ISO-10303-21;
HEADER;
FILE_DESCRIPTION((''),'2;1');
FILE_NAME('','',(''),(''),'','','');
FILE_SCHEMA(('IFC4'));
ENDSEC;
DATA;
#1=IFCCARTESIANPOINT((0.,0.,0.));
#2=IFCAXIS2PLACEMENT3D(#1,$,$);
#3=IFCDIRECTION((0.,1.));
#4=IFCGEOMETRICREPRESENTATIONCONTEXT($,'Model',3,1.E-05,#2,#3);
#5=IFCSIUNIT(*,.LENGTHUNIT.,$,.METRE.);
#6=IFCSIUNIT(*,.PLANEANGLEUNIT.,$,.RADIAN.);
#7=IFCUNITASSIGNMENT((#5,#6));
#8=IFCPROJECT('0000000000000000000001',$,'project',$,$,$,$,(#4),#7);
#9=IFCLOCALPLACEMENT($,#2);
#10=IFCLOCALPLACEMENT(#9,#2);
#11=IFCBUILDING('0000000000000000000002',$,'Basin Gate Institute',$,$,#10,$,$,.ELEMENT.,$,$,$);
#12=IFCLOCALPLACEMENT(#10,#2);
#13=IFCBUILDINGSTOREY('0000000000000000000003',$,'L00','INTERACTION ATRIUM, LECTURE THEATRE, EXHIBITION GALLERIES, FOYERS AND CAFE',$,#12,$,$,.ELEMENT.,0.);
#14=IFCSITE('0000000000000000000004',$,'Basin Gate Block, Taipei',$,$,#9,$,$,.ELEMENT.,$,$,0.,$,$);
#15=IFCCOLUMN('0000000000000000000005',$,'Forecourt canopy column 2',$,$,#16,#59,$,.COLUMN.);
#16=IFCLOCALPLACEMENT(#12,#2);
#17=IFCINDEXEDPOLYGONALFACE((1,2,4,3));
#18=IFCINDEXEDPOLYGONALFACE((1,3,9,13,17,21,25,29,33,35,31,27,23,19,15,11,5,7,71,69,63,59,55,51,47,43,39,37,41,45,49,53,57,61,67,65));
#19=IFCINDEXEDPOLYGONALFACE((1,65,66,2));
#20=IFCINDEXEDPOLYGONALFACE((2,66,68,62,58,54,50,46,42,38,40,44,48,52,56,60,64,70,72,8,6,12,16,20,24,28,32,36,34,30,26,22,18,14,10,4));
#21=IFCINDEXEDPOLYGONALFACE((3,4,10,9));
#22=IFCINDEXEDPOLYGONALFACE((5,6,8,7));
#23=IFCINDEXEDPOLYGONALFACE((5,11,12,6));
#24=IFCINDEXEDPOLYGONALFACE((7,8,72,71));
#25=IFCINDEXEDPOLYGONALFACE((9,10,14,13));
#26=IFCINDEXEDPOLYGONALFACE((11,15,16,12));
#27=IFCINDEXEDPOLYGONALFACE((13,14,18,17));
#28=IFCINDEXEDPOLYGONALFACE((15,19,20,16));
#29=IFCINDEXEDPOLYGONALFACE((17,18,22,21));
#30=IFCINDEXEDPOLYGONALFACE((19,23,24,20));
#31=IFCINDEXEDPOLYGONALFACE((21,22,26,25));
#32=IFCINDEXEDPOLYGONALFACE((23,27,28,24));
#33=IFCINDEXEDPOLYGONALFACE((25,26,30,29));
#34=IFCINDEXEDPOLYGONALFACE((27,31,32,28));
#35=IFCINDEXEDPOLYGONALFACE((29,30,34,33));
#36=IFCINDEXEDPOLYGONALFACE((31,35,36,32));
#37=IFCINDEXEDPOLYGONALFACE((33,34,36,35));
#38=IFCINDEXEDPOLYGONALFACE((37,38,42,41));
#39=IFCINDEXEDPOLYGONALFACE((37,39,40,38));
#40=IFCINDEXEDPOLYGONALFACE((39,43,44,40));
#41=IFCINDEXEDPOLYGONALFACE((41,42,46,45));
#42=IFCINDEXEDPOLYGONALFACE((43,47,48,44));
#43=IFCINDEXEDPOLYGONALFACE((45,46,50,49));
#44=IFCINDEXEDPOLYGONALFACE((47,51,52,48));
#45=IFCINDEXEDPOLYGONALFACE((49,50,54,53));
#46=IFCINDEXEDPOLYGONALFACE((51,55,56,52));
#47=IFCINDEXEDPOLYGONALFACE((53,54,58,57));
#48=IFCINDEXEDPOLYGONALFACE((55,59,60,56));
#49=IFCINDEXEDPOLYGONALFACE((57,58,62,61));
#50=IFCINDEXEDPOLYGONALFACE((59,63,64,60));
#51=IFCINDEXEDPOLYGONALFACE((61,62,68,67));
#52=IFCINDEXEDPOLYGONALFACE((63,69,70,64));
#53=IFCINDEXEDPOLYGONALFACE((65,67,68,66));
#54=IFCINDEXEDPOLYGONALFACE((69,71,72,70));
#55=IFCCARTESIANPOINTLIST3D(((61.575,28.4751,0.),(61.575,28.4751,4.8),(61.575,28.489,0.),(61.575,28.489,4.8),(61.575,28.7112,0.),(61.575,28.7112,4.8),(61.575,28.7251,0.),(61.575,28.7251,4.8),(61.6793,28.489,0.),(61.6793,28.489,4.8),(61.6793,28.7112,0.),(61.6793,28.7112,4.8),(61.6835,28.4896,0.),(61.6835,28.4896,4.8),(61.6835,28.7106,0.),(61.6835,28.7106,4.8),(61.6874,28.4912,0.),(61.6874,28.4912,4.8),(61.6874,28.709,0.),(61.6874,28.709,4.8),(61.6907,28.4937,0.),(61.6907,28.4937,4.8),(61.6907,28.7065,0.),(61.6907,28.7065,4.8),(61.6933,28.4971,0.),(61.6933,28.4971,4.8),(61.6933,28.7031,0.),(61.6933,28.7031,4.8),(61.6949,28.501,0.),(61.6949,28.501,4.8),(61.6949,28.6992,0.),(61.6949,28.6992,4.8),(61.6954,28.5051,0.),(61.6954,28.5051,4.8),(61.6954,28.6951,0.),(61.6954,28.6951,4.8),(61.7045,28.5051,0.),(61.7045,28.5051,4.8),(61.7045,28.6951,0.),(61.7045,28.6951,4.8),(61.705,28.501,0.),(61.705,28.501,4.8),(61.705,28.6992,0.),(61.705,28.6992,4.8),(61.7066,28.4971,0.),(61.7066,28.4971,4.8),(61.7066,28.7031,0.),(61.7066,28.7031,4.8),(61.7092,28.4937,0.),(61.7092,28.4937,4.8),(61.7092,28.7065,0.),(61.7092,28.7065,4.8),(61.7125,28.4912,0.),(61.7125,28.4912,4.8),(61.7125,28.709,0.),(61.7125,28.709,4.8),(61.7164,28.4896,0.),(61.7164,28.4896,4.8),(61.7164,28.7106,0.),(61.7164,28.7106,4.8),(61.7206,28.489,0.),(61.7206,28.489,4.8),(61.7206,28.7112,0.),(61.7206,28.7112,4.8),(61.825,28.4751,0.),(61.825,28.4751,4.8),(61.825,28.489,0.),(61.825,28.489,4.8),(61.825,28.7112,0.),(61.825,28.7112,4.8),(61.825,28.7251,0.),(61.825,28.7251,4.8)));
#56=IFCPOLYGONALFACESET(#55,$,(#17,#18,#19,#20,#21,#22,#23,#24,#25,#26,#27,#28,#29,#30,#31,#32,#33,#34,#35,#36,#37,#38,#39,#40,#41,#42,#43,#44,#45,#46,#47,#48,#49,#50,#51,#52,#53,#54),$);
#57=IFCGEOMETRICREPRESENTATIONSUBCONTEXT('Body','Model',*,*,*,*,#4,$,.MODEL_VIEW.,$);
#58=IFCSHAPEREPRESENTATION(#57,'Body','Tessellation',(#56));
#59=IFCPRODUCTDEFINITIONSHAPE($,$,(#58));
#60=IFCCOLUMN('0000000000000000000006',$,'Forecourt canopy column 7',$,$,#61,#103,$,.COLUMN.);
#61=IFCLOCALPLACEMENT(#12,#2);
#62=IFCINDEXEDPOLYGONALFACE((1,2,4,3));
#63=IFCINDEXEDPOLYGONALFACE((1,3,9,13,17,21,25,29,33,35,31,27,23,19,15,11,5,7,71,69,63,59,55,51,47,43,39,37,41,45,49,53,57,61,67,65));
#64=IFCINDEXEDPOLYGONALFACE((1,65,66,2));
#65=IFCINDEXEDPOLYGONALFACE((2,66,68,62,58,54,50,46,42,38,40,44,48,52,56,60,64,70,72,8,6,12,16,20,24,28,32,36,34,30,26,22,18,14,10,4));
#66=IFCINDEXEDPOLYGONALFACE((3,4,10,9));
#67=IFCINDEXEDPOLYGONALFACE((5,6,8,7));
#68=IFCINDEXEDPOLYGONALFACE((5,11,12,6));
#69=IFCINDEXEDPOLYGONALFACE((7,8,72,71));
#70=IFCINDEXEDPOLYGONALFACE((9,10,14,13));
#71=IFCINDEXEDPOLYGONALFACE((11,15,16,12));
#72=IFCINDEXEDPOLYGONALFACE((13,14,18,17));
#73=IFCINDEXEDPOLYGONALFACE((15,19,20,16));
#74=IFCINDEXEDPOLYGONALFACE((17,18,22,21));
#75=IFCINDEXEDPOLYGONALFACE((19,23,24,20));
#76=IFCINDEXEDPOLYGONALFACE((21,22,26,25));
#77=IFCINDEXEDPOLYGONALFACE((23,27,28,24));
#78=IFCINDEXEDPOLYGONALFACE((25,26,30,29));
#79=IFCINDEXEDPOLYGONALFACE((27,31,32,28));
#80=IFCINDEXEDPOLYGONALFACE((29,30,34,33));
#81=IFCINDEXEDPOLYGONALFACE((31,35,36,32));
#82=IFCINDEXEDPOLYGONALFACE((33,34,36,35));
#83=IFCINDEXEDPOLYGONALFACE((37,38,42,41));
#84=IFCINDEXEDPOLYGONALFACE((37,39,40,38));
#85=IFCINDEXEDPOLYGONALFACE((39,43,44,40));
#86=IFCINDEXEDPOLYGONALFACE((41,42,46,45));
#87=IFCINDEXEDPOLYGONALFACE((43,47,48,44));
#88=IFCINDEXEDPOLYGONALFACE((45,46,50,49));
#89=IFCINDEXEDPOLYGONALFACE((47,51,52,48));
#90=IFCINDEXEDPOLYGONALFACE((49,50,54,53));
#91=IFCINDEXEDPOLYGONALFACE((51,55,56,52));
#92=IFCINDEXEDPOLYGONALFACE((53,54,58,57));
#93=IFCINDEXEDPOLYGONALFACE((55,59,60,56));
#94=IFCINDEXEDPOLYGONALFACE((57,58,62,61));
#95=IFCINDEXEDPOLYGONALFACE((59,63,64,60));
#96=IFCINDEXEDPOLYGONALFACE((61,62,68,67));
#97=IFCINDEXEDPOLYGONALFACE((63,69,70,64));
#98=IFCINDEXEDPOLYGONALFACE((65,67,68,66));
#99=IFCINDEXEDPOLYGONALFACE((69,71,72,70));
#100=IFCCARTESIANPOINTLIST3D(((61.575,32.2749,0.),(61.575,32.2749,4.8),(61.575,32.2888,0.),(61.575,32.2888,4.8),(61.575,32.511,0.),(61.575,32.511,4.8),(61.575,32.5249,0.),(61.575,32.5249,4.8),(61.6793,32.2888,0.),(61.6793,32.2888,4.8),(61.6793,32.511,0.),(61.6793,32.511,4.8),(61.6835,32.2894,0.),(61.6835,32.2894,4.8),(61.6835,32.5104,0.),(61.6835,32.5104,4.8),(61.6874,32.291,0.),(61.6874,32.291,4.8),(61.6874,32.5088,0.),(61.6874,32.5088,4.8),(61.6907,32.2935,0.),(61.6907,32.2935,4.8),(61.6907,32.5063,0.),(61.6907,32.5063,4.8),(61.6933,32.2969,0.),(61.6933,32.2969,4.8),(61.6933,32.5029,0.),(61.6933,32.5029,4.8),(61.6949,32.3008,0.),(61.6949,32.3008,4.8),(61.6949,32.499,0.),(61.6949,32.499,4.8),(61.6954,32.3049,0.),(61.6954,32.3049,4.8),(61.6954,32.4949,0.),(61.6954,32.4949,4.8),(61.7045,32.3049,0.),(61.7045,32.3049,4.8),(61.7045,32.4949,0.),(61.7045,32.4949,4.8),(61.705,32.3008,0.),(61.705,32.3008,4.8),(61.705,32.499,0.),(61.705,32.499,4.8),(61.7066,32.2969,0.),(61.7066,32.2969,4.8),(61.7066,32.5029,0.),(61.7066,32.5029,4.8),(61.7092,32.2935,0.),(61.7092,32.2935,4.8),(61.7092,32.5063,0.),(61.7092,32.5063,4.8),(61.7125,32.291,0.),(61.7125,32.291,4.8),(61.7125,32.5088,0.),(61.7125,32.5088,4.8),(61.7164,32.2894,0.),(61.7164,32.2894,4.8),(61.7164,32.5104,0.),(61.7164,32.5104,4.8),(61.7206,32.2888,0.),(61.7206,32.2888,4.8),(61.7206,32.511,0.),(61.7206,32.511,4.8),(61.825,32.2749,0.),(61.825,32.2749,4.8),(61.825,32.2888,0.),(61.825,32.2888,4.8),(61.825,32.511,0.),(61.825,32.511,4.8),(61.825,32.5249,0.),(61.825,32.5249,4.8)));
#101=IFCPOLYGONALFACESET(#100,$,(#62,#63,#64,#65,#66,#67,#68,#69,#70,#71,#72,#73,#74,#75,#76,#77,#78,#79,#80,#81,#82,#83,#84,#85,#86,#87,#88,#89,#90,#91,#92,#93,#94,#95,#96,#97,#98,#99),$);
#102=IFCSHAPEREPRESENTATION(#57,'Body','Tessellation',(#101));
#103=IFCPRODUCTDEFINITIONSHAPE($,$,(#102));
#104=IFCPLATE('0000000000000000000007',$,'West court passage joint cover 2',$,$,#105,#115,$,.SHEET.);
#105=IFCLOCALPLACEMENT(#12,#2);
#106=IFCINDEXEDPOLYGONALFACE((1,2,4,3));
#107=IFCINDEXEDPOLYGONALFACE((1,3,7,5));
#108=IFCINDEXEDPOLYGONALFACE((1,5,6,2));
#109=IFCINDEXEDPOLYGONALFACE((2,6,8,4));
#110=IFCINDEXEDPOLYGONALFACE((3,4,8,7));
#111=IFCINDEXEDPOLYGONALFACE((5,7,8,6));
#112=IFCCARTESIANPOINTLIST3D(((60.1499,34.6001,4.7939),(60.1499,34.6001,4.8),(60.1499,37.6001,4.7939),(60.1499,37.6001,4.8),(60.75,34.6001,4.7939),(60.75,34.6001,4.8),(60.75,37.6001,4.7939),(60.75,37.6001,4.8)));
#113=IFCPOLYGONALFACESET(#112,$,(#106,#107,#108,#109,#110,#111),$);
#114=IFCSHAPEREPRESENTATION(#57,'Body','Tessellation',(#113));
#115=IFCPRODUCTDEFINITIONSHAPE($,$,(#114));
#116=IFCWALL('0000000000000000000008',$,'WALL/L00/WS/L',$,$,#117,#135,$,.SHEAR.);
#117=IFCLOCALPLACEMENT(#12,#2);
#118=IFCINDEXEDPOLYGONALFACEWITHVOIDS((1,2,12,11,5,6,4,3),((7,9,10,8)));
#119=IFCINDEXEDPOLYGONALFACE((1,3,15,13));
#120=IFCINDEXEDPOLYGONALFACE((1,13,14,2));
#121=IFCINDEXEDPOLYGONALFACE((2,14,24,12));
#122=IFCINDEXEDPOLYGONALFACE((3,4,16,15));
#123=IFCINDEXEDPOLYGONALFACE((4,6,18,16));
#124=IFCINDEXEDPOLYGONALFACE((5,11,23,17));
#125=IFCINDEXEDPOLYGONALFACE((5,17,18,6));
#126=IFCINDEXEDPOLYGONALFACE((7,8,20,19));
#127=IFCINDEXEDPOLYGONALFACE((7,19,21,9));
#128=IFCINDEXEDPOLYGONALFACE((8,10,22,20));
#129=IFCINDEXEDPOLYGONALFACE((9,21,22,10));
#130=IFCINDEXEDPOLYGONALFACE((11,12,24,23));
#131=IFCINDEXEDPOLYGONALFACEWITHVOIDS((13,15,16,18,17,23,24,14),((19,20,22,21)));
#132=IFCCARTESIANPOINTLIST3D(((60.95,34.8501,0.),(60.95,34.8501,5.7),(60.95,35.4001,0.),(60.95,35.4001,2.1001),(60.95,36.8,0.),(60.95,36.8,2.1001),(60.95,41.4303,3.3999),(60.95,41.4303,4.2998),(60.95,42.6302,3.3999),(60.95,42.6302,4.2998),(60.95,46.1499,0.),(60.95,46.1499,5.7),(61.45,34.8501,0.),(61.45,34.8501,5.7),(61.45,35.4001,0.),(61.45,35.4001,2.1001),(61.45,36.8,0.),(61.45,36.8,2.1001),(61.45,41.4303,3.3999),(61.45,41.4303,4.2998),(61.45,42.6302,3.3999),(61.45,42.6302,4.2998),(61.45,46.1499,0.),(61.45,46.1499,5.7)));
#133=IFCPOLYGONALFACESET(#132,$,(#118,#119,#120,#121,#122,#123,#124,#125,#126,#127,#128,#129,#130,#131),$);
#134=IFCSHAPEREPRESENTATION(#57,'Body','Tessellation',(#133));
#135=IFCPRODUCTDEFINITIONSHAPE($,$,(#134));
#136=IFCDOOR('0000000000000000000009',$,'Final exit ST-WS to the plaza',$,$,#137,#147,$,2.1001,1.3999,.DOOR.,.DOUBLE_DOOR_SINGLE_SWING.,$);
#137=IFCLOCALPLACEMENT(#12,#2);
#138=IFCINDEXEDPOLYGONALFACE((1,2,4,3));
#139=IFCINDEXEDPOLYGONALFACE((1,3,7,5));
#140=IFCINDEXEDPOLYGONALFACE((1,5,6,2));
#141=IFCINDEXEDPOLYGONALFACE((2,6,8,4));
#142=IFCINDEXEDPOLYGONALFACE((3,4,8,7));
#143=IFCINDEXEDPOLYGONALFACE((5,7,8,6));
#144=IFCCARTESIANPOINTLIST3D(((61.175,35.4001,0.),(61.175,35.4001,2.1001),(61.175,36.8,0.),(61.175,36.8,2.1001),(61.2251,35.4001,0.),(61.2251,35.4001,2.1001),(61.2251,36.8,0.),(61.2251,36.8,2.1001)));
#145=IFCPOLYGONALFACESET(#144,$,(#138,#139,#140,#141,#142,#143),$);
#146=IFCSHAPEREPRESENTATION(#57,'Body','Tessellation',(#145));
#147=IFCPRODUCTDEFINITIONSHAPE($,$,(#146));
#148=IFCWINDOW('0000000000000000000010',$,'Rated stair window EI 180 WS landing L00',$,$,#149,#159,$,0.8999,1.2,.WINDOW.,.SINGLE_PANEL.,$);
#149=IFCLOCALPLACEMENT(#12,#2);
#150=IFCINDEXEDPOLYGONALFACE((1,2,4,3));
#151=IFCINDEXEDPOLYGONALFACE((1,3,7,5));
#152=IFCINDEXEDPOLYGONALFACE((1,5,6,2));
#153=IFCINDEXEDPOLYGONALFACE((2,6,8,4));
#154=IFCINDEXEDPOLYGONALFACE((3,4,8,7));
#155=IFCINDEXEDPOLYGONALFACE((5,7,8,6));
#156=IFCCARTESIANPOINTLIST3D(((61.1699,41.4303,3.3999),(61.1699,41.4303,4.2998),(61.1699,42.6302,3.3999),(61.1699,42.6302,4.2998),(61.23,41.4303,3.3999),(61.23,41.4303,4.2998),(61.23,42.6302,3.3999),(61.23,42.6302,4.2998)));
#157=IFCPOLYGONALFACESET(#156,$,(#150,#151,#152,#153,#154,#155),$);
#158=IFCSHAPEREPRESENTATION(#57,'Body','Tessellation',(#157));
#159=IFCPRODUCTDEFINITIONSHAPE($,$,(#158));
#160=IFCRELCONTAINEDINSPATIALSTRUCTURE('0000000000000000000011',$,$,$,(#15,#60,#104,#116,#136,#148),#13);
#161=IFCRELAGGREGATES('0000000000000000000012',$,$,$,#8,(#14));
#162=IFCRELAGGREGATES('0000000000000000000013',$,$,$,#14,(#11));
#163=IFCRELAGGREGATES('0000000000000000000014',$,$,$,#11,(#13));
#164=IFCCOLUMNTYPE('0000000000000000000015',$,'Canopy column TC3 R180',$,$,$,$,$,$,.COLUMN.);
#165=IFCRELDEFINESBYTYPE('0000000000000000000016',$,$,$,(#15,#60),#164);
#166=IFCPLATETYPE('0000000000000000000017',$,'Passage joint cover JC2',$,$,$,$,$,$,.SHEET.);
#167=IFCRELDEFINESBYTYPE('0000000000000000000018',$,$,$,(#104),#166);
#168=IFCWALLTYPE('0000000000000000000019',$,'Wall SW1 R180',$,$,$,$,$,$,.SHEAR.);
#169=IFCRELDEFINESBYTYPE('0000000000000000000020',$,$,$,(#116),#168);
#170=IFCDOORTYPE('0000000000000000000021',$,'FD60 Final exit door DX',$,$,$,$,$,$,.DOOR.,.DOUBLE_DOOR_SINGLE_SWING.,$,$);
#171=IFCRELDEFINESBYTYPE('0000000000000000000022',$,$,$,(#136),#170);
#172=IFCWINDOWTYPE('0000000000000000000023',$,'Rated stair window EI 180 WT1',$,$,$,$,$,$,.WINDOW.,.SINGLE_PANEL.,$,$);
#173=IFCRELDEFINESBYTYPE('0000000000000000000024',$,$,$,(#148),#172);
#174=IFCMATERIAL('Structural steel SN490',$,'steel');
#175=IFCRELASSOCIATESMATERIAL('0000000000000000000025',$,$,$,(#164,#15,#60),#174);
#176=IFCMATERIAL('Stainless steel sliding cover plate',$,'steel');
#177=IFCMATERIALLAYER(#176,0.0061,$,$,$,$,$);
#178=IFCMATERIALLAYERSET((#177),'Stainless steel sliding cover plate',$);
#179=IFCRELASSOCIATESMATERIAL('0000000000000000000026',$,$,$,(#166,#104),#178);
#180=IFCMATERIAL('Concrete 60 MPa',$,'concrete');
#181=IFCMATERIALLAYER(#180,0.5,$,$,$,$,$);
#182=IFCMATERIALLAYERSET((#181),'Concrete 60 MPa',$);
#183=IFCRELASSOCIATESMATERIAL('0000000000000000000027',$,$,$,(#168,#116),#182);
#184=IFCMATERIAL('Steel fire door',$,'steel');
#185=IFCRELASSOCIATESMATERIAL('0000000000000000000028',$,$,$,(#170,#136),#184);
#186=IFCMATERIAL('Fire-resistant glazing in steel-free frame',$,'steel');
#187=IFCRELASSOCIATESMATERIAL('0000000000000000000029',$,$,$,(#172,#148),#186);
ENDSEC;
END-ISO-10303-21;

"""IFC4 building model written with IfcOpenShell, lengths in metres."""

from ifc_helpers import new_model, si_unit, direction, frame, frame_2d, origin, origin_2d, place, context, subcontext, project, spatial, rectangle, i_section, extrude, material, layer, layer_set, material_profile, profile_set, type_object, element, fill, save


model = new_model("IFC4")

# Units and contexts
model_context = context("Model", 3, precision=1e-05, world=origin(), true_north=direction((0.0, 1.0)))
body_context = subcontext(model_context, "Body", "Model", "MODEL_VIEW")
ifc_project = project(units=[si_unit("LENGTHUNIT", "METRE"), si_unit("PLANEANGLEUNIT", "RADIAN")], contexts=[model_context])

# Site, building, storey
site_placement = place(None, origin())
site = spatial("IfcSite", under=ifc_project, at=site_placement, Name="Basin Gate Block, Taipei", CompositionType="ELEMENT", RefElevation=0.0)
building_placement = place(site_placement, origin())
building = spatial("IfcBuilding", under=site, at=building_placement, Name="Basin Gate Institute", CompositionType="ELEMENT")
storey_placement = place(building_placement, origin())
storey = spatial("IfcBuildingStorey", under=building, at=storey_placement, Name="L00", Description="INTERACTION ATRIUM, LECTURE THEATRE, EXHIBITION GALLERIES, FOYERS AND CAFE", CompositionType="ELEMENT", Elevation=0.0)

# Columns
ifc_material_1 = material(Name="Structural steel SN490", Category="steel")
ifc_material_profile = material_profile(ifc_material_1, i_section(OverallWidth=0.25, OverallDepth=0.25, WebThickness=0.009, FlangeThickness=0.0139, FilletRadius=0.0161, at=origin_2d()), Name="H250x250")
ifc_profile_set = profile_set([ifc_material_profile], Name="Structural steel SN490")
column_type = type_object("IfcColumnType", Name="Canopy column TC3 R180", PredefinedType="COLUMN", material=ifc_profile_set)
for number, where, z_axis, x_axis, name in (
    (1, (61.7, 28.6001, 0.0), (0.0, 0.0, 1.0), (1.0, 0.0, 0.0), "Forecourt canopy column 2"),
    (2, (61.7, 32.3999, 0.0), (0.0, 0.0, 1.0), (1.0, 0.0, 0.0), "Forecourt canopy column 7"),
):
    element("IfcColumn", number, at=place(storey_placement, frame(where, z_axis=z_axis, x_axis=x_axis)), inside=storey, type_object=column_type, material=ifc_profile_set, Name=name, PredefinedType="COLUMN", context=body_context, shape_type="SweptSolid", body=[
        extrude(i_section(OverallWidth=0.25, OverallDepth=0.25, WebThickness=0.009, FlangeThickness=0.0139, FilletRadius=0.0161, at=origin_2d()), origin(), (0.0, 0.0, 1.0), 4.8),
    ])

# Plate
ifc_material_2 = material(Name="Stainless steel sliding cover plate", Category="steel")
ifc_layer_1 = layer(ifc_material_2, 0.0061)
ifc_layer_set_1 = layer_set([ifc_layer_1], Name="Stainless steel sliding cover plate")
plate_type = type_object("IfcPlateType", Name="Passage joint cover JC2", PredefinedType="SHEET", material=ifc_layer_set_1)
plate_placement = place(storey_placement, frame((60.45, 36.1001, 4.7939), z_axis=(0.0, 0.0, 1.0), x_axis=(1.0, 0.0, 0.0)))
element("IfcPlate", 3, at=plate_placement, inside=storey, type_object=plate_type, material=ifc_layer_set_1, Name="West court passage joint cover 2", PredefinedType="SHEET", context=body_context, shape_type="SweptSolid", body=[
    extrude(rectangle(XDim=0.6001, YDim=3.0, at=origin_2d()), origin(), (0.0, 0.0, 1.0), 0.0061),
])

# Wall, openings, door, window
ifc_material_3 = material(Name="Concrete 60 MPa", Category="concrete")
ifc_layer_2 = layer(ifc_material_3, 0.5)
ifc_layer_set_2 = layer_set([ifc_layer_2], Name="Concrete 60 MPa")
wall_type = type_object("IfcWallType", Name="Wall SW1 R180", PredefinedType="SHEAR", material=ifc_layer_set_2)
wall_1_placement = place(storey_placement, frame((61.2, 34.8501, 0.0), z_axis=(0.0, 0.0, 1.0), x_axis=(0.0, 1.0, 0.0)))
wall_1 = element("IfcWall", 4, at=wall_1_placement, inside=storey, type_object=wall_type, material=ifc_layer_set_2, Name="WALL/L00/WS/L", PredefinedType="SHEAR", context=body_context, shape_type="SweptSolid", body=[
    extrude(rectangle(XDim=11.2998, YDim=0.5, at=frame_2d((5.6499, 0.0))), origin(), (0.0, 0.0, 1.0), 5.7),
])
opening_1_placement = place(wall_1_placement, frame((0.55, 0.0, 0.0)))
opening_1 = element("IfcOpeningElement", 5, at=opening_1_placement, cuts=wall_1, PredefinedType="OPENING", context=body_context, shape_type="SweptSolid", body=[
    extrude(rectangle(XDim=1.3999, YDim=2.1001, at=frame_2d((0.7, 1.05))), frame((0.0, 0.26, 0.0), z_axis=(0.0, -1.0, 0.0), x_axis=(1.0, 0.0, 0.0)), (0.0, 0.0, 1.0), 0.52),
])
opening_2_placement = place(wall_1_placement, frame((6.5801, 0.0, 3.3999)))
opening_2 = element("IfcOpeningElement", 6, at=opening_2_placement, cuts=wall_1, PredefinedType="OPENING", context=body_context, shape_type="SweptSolid", body=[
    extrude(rectangle(XDim=1.2, YDim=0.8999, at=frame_2d((0.6001, 0.45))), frame((0.0, 0.26, 0.0), z_axis=(0.0, -1.0, 0.0), x_axis=(1.0, 0.0, 0.0)), (0.0, 0.0, 1.0), 0.52),
])
ifc_material_4 = material(Name="Steel fire door", Category="steel")
door_type_1 = type_object("IfcDoorType", Name="FD60 Final exit door DX", OperationType="DOUBLE_DOOR_SINGLE_SWING", PredefinedType="DOOR", material=ifc_material_4)
door_1_placement = place(opening_1_placement, origin())
door_1 = element("IfcDoor", 7, at=door_1_placement, inside=storey, type_object=door_type_1, material=ifc_material_4, Name="Final exit ST-WS to the plaza", OperationType="DOUBLE_DOOR_SINGLE_SWING", OverallHeight=2.1001, OverallWidth=1.3999, PredefinedType="DOOR", context=body_context, shape_type="SweptSolid", body=[
    extrude(rectangle(XDim=1.3999, YDim=2.1001, at=frame_2d((0.7, 1.05))), frame((0.0, 0.0249, 0.0), z_axis=(0.0, -1.0, 0.0), x_axis=(1.0, 0.0, 0.0)), (0.0, 0.0, 1.0), 0.05),
])
fill(opening_1, door_1)
ifc_material_5 = material(Name="Fire-resistant glazing in steel-free frame", Category="steel")
window_type = type_object("IfcWindowType", Name="Rated stair window EI 180 WT1", PartitioningType="SINGLE_PANEL", PredefinedType="WINDOW", material=ifc_material_5)
window_1_placement = place(opening_2_placement, origin())
window_1 = element("IfcWindow", 8, at=window_1_placement, inside=storey, type_object=window_type, material=ifc_material_5, Name="Rated stair window EI 180 WS landing L00", OverallHeight=0.8999, OverallWidth=1.2, PartitioningType="SINGLE_PANEL", PredefinedType="WINDOW", context=body_context, shape_type="SweptSolid", body=[
    extrude(rectangle(XDim=1.2, YDim=0.8999, at=frame_2d((0.6001, 0.45))), frame((0.0, 0.03, 0.0), z_axis=(0.0, -1.0, 0.0), x_axis=(1.0, 0.0, 0.0)), (0.0, 0.0, 1.0), 0.0601),
])
fill(opening_2, window_1)

save(model, "model.ifc")
